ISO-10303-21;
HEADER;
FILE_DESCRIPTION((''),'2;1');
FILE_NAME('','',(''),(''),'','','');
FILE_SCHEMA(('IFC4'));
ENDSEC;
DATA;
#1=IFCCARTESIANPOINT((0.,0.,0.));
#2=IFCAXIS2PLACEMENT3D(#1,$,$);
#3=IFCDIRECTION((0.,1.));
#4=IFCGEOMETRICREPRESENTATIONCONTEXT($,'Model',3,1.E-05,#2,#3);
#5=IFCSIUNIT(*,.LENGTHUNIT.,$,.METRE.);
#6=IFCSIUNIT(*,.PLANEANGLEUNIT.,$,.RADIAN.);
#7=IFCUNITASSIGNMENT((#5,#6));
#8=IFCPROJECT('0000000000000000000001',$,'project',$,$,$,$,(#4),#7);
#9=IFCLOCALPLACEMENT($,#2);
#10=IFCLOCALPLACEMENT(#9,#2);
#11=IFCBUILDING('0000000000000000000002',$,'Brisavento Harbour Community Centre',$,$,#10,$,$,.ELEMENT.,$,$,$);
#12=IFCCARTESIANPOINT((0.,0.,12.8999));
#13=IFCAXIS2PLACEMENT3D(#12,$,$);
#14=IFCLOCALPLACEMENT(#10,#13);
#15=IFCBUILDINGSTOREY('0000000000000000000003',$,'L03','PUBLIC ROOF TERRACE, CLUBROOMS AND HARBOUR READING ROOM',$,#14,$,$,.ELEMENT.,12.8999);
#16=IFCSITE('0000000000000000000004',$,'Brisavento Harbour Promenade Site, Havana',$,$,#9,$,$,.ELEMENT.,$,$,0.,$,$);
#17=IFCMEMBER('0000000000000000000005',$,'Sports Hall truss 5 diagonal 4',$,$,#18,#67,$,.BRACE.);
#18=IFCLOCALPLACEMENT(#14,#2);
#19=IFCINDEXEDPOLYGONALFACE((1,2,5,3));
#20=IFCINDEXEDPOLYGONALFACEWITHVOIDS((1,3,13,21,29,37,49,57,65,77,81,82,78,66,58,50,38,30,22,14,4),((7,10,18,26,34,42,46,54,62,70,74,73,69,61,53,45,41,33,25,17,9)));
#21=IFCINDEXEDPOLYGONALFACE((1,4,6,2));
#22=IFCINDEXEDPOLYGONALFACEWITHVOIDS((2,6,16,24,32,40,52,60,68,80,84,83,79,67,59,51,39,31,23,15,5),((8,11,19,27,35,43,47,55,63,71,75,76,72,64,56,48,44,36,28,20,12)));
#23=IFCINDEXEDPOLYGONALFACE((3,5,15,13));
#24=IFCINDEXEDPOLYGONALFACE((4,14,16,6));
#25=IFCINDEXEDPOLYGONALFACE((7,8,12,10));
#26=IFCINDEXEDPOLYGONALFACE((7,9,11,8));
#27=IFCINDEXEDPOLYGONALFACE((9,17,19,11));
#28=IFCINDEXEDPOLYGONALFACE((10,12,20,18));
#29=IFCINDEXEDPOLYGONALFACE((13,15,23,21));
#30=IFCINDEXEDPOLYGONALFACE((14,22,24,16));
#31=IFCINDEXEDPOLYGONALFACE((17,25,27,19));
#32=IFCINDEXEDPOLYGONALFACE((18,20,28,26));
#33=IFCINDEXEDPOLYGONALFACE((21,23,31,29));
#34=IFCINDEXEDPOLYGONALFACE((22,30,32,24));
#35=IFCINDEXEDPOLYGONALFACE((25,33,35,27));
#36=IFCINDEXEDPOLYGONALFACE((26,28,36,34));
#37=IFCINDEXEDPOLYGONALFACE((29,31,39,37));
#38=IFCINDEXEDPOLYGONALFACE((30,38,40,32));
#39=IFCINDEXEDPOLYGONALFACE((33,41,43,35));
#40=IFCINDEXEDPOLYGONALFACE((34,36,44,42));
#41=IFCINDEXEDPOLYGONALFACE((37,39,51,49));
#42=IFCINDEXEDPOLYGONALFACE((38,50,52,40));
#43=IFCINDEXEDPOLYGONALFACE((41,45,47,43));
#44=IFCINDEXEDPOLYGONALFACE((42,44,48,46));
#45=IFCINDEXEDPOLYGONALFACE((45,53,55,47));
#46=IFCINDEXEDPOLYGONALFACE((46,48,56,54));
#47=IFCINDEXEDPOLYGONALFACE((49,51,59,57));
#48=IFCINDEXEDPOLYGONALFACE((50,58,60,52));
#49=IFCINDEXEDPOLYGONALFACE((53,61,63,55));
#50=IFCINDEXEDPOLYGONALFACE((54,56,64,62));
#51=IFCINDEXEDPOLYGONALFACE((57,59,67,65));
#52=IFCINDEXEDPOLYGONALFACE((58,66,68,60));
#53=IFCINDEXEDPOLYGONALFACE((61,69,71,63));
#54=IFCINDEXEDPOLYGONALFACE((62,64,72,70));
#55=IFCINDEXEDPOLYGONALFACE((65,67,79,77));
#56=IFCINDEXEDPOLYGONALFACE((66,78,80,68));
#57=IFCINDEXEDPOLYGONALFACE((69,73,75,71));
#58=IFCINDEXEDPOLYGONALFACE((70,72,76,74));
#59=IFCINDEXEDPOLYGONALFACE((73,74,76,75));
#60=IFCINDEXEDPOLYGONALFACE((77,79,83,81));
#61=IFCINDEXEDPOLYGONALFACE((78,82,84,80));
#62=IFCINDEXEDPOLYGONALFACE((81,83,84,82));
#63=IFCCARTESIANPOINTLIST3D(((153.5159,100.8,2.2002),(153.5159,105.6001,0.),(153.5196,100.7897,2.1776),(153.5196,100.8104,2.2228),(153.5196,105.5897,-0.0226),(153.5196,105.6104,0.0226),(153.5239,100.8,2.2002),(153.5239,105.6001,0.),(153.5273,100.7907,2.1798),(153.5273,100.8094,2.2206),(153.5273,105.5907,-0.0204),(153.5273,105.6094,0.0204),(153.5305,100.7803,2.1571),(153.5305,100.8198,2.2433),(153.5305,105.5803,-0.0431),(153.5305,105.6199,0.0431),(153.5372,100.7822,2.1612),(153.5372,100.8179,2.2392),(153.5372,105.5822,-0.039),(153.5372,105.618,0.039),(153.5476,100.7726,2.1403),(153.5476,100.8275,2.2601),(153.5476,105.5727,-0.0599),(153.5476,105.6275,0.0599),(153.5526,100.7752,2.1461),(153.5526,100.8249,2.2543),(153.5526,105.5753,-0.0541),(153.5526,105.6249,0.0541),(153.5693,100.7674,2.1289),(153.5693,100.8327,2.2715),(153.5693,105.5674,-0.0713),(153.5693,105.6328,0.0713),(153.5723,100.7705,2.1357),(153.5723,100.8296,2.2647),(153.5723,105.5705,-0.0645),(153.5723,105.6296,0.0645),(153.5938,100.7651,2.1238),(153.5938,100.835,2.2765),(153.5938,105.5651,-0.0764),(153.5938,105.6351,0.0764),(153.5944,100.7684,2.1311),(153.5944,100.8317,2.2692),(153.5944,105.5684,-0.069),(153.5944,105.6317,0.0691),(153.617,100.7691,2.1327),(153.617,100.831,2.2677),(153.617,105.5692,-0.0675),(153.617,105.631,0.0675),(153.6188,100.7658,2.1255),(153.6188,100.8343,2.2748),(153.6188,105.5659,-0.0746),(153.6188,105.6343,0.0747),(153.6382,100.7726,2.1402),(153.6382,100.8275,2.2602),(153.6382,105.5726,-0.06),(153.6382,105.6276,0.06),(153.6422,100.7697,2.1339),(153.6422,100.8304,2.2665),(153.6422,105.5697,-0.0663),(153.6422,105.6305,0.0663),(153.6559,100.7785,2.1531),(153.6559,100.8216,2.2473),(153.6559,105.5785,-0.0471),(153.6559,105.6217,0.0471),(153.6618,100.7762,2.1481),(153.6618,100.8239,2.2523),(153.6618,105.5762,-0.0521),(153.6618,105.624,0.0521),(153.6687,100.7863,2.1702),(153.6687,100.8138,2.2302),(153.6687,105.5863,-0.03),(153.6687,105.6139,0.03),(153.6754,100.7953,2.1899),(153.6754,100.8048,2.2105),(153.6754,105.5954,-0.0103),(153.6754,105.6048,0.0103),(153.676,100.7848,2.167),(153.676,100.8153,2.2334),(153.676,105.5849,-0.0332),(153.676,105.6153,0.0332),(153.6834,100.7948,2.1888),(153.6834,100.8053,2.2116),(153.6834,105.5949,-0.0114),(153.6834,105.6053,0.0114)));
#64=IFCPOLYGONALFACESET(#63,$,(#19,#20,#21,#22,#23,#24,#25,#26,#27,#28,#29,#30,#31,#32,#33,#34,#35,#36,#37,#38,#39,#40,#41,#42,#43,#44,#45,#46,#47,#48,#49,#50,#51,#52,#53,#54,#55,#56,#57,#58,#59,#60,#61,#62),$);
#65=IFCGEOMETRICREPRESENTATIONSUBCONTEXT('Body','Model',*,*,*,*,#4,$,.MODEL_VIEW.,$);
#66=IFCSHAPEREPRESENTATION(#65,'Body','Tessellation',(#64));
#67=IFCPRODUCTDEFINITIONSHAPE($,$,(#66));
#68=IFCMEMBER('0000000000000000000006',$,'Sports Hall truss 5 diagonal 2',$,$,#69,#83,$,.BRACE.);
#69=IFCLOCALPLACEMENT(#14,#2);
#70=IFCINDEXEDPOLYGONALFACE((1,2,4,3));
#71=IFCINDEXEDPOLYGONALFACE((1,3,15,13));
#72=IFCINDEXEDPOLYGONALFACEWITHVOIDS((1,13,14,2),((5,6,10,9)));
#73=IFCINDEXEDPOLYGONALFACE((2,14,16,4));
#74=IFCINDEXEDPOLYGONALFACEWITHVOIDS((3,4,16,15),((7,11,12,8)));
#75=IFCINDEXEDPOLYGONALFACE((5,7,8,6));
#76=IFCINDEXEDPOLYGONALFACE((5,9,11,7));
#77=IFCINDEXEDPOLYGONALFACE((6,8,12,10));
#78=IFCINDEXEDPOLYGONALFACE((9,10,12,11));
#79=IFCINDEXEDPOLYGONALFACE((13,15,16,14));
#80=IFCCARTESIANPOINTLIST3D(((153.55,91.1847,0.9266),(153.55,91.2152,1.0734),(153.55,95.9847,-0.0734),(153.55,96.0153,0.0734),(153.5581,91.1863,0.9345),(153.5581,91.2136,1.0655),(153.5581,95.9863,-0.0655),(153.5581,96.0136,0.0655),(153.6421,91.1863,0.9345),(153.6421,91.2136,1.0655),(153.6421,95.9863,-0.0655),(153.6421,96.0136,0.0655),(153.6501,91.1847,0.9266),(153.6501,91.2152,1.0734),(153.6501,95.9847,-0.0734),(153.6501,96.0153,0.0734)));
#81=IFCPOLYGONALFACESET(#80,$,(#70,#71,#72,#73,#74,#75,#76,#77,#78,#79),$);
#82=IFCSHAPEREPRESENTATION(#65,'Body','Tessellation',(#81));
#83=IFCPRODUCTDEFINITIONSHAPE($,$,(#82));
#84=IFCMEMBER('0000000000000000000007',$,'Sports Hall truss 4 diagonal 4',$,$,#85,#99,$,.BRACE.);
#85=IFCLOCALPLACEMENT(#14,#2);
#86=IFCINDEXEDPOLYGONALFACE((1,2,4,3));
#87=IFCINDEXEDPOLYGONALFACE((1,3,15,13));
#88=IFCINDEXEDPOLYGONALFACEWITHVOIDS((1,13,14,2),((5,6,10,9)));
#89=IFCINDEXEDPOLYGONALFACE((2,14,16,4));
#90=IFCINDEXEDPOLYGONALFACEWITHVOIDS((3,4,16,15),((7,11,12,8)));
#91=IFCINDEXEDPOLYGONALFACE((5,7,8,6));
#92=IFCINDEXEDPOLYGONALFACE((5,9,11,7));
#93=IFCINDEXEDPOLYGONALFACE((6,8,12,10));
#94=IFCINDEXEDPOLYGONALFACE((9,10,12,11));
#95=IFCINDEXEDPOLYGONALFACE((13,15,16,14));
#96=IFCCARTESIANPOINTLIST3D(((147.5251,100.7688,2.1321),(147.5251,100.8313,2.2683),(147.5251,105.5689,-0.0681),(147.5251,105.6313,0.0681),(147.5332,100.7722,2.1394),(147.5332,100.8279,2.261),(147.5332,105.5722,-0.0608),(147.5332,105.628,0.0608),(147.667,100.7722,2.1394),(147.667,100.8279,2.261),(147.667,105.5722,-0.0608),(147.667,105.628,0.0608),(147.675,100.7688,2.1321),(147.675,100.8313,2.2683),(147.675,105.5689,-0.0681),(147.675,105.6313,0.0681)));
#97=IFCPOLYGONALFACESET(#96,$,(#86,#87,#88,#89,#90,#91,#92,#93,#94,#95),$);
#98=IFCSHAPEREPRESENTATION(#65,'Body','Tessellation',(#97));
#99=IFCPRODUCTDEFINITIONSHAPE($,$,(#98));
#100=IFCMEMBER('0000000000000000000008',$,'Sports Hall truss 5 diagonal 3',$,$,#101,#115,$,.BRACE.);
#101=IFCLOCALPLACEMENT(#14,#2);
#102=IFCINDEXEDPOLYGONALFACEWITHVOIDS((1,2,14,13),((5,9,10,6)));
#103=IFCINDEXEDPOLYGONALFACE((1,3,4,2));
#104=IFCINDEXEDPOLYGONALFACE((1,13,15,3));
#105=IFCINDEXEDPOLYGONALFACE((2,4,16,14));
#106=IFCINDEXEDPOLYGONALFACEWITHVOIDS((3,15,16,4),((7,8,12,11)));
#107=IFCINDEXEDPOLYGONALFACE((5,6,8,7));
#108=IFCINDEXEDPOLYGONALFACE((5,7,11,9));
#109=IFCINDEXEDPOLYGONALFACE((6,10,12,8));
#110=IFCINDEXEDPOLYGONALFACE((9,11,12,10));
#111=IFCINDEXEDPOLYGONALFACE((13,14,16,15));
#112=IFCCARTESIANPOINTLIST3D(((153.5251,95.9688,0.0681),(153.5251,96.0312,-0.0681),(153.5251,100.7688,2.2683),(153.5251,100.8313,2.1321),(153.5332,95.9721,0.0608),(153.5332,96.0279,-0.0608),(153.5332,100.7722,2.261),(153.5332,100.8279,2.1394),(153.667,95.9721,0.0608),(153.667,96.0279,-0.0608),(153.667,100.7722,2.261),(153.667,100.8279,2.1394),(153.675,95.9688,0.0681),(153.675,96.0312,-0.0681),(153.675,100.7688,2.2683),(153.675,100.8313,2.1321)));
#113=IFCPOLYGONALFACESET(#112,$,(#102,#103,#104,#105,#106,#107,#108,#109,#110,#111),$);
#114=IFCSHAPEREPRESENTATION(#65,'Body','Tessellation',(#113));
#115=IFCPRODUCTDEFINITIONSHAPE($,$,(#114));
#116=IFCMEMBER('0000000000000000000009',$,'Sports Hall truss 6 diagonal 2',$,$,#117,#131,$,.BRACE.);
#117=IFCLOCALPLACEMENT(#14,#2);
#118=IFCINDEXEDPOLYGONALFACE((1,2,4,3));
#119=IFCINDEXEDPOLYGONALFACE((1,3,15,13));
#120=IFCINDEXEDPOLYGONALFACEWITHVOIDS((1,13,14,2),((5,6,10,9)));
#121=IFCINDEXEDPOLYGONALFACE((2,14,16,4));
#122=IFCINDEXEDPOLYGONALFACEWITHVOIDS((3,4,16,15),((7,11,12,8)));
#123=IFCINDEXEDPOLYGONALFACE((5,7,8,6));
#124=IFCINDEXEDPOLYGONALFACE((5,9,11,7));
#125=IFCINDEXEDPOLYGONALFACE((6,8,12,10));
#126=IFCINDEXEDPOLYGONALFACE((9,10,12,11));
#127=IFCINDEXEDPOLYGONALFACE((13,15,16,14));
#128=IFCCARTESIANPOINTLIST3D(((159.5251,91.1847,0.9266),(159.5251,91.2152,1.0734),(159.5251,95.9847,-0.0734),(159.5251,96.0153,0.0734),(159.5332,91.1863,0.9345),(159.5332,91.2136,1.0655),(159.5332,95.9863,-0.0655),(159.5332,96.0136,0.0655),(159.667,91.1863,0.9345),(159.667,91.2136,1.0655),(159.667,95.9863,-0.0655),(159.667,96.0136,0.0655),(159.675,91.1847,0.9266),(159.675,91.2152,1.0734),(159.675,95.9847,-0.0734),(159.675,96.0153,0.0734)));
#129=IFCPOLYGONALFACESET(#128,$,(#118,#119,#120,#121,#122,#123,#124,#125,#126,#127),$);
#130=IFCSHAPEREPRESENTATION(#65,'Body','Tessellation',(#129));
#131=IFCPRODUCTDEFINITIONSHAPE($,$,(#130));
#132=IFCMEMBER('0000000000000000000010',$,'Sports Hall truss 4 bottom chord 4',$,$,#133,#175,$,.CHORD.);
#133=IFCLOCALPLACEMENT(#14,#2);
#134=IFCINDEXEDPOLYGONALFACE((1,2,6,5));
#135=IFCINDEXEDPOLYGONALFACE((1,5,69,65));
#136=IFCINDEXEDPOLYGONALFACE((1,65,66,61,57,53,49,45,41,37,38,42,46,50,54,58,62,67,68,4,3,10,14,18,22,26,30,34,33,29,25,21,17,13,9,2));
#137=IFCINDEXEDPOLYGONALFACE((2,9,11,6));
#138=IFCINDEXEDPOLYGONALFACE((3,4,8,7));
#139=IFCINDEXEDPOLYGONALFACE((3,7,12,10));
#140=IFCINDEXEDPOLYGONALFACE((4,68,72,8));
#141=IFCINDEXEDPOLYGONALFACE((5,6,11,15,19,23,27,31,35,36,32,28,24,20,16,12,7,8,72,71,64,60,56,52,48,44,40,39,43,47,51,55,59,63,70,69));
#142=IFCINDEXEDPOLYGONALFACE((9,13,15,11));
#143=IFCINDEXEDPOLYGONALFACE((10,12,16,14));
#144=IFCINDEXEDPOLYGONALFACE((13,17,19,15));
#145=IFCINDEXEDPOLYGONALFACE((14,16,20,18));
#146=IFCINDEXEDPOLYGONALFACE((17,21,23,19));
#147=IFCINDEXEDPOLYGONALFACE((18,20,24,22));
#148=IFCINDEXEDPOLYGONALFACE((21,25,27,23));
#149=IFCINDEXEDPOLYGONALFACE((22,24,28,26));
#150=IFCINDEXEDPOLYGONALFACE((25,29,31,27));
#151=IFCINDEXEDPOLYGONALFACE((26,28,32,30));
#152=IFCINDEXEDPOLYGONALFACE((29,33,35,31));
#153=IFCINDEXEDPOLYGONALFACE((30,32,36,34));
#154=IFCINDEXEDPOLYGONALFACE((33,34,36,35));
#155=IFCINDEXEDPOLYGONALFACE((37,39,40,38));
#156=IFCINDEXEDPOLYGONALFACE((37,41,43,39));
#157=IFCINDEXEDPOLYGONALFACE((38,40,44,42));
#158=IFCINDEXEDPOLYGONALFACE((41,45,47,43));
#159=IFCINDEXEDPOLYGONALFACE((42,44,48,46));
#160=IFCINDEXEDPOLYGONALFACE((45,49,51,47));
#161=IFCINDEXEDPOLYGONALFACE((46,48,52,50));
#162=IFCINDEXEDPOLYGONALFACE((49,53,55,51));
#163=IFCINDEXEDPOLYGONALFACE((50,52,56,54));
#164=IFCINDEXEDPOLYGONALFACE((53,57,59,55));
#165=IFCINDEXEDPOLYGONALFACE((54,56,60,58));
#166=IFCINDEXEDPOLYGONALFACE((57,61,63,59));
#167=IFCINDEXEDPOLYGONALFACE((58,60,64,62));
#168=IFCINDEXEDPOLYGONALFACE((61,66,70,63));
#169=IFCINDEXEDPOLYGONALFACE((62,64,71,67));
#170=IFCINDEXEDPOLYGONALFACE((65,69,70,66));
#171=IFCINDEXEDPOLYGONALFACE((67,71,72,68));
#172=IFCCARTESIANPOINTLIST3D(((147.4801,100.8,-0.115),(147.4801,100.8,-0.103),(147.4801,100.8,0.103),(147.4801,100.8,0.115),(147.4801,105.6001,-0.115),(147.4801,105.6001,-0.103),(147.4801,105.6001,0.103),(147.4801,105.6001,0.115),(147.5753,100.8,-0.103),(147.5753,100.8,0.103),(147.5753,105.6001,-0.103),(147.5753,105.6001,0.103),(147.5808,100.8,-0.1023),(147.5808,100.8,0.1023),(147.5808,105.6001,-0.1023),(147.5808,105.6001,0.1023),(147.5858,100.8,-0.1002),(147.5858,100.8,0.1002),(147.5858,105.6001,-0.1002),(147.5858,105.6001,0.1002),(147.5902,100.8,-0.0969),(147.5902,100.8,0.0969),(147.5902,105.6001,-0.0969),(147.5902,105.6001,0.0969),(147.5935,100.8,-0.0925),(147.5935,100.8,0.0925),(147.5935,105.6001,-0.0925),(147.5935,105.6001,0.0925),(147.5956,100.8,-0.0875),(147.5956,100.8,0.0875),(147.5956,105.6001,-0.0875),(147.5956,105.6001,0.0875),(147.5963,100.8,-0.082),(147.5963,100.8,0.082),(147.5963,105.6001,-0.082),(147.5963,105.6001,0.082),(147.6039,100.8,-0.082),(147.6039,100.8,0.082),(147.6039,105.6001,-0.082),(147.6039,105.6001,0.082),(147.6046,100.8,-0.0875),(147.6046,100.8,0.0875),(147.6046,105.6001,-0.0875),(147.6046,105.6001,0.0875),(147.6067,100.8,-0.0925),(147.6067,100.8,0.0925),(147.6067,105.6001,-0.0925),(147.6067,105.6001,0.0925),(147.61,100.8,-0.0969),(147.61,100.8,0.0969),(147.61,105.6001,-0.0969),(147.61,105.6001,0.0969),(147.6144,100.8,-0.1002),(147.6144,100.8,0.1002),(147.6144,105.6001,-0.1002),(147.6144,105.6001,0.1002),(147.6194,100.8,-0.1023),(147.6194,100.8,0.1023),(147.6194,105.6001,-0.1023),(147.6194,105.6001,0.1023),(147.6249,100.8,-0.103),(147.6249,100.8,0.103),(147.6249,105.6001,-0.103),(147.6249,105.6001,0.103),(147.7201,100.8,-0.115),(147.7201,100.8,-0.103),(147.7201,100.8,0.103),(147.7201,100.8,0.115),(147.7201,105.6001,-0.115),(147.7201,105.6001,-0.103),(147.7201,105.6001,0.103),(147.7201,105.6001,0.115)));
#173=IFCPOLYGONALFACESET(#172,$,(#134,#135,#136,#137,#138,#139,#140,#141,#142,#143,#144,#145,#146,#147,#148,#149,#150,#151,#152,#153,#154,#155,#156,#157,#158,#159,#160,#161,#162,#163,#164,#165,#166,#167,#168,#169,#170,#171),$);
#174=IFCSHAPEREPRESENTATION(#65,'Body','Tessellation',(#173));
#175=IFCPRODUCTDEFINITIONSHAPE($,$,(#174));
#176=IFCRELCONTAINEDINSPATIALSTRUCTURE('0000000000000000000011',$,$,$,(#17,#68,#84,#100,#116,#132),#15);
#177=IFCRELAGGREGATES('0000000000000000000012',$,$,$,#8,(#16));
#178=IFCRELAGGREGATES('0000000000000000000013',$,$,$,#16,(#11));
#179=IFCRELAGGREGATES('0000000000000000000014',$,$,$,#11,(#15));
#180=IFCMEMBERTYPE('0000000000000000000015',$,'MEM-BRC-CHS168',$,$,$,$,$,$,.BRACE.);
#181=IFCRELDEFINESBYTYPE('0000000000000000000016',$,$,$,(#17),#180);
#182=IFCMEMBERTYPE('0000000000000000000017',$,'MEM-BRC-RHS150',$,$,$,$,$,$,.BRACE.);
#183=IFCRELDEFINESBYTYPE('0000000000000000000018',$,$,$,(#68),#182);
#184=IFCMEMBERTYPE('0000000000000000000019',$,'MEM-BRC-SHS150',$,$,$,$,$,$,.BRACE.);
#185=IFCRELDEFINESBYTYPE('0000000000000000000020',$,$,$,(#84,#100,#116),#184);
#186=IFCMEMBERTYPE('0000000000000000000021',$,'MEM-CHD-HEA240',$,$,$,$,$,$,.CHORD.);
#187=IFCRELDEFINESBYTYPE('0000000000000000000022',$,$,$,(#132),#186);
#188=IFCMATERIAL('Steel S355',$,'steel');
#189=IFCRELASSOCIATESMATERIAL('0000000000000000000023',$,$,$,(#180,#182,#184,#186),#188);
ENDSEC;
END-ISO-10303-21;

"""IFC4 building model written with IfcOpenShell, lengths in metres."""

from ifc_helpers import new_model, si_unit, direction, frame, origin, origin_2d, place, context, subcontext, project, spatial, hollow_rectangle, hollow_circle, i_section, extrude, material, material_profile, profile_set, type_object, element, save


model = new_model("IFC4")

# Units and contexts
model_context = context("Model", 3, precision=1e-05, world=origin(), true_north=direction((0.0, 1.0)))
body_context = subcontext(model_context, "Body", "Model", "MODEL_VIEW")
ifc_project = project(units=[si_unit("LENGTHUNIT", "METRE"), si_unit("PLANEANGLEUNIT", "RADIAN")], contexts=[model_context])

# Site, building, storey
site_placement = place(None, origin())
site = spatial("IfcSite", under=ifc_project, at=site_placement, Name="Brisavento Harbour Promenade Site, Havana", CompositionType="ELEMENT", RefElevation=0.0)
building_placement = place(site_placement, origin())
building = spatial("IfcBuilding", under=site, at=building_placement, Name="Brisavento Harbour Community Centre", CompositionType="ELEMENT")
storey_placement = place(building_placement, frame((0.0, 0.0, 12.8999)))
storey = spatial("IfcBuildingStorey", under=building, at=storey_placement, Name="L03", Description="PUBLIC ROOF TERRACE, CLUBROOMS AND HARBOUR READING ROOM", CompositionType="ELEMENT", Elevation=12.8999)

# Members
ifc_material_1 = material(Name="Steel S355", Category="steel")
ifc_material_profile_1 = material_profile(ifc_material_1, hollow_circle(Radius=0.0842, WallThickness=0.0081, at=origin_2d()), Name="Steel S355")
ifc_profile_set_1 = profile_set([ifc_material_profile_1], Name="Steel S355")
member_type_1 = type_object("IfcMemberType", Name="MEM-BRC-CHS168", PredefinedType="BRACE", material=ifc_profile_set_1)
member_1_placement = place(storey_placement, frame((153.6001, 100.8, 2.2002), z_axis=(0.0, 0.909052, -0.416682), x_axis=(-1.0, 0.0, 0.0)))
element("IfcMember", 1, at=member_1_placement, inside=storey, type_object=member_type_1, Name="Sports Hall truss 5 diagonal 4", PredefinedType="BRACE", context=body_context, shape_type="SweptSolid", body=[
    extrude(hollow_circle(Radius=0.0842, WallThickness=0.0081, at=origin_2d()), origin(), (0.0, 0.0, 1.0), 5.2803),
])
ifc_material_profile_2 = material_profile(ifc_material_1, hollow_rectangle(XDim=0.1001, YDim=0.1499, WallThickness=0.0081, at=origin_2d()), Name="Steel S355")
ifc_profile_set_2 = profile_set([ifc_material_profile_2], Name="Steel S355")
member_type_2 = type_object("IfcMemberType", Name="MEM-BRC-RHS150", PredefinedType="BRACE", material=ifc_profile_set_2)
member_2_placement = place(storey_placement, frame((153.6001, 91.2, 1.0), z_axis=(0.0, 0.978981, -0.203952), x_axis=(-1.0, 0.0, 0.0)))
element("IfcMember", 2, at=member_2_placement, inside=storey, type_object=member_type_2, Name="Sports Hall truss 5 diagonal 2", PredefinedType="BRACE", context=body_context, shape_type="SweptSolid", body=[
    extrude(hollow_rectangle(XDim=0.1001, YDim=0.1499, WallThickness=0.0081, at=origin_2d()), origin(), (0.0, 0.0, 1.0), 4.9031),
])
ifc_material_profile_3 = material_profile(ifc_material_1, hollow_rectangle(XDim=0.1499, YDim=0.1499, WallThickness=0.0081, at=origin_2d()), Name="Steel S355")
ifc_profile_set_3 = profile_set([ifc_material_profile_3], Name="Steel S355")
member_type_3 = type_object("IfcMemberType", Name="MEM-BRC-SHS150", PredefinedType="BRACE", material=ifc_profile_set_3)
for number, where, z_axis, x_axis, name in (
    (3, (147.6001, 100.8, 2.2002), (0.0, 0.909052, -0.416682), (-1.0, 0.0, 0.0), "Sports Hall truss 4 diagonal 4"),
    (4, (153.6001, 96.0, 0.0), (0.0, 0.909052, 0.416682), (-1.0, 0.0, 0.0), "Sports Hall truss 5 diagonal 3"),
):
    element("IfcMember", number, at=place(storey_placement, frame(where, z_axis=z_axis, x_axis=x_axis)), inside=storey, type_object=member_type_3, Name=name, PredefinedType="BRACE", context=body_context, shape_type="SweptSolid", body=[
        extrude(hollow_rectangle(XDim=0.1499, YDim=0.1499, WallThickness=0.0081, at=origin_2d()), origin(), (0.0, 0.0, 1.0), 5.2803),
    ])
member_3_placement = place(storey_placement, frame((159.6001, 91.2, 1.0), z_axis=(0.0, 0.978981, -0.203952), x_axis=(-1.0, 0.0, 0.0)))
element("IfcMember", 5, at=member_3_placement, inside=storey, type_object=member_type_3, Name="Sports Hall truss 6 diagonal 2", PredefinedType="BRACE", context=body_context, shape_type="SweptSolid", body=[
    extrude(hollow_rectangle(XDim=0.1499, YDim=0.1499, WallThickness=0.0081, at=origin_2d()), origin(), (0.0, 0.0, 1.0), 4.9031),
])
ifc_material_profile_4 = material_profile(ifc_material_1, i_section(OverallWidth=0.24, OverallDepth=0.23, WebThickness=0.0076, FlangeThickness=0.012, FilletRadius=0.021, at=origin_2d()), Name="Steel S355")
ifc_profile_set_4 = profile_set([ifc_material_profile_4], Name="Steel S355")
member_type_4 = type_object("IfcMemberType", Name="MEM-CHD-HEA240", PredefinedType="CHORD", material=ifc_profile_set_4)
for number, where, z_axis, x_axis, name in (
    (6, (147.6001, 100.8, 0.0), (0.0, 1.0, 0.0), (-1.0, 0.0, 0.0), "Sports Hall truss 4 bottom chord 4"),
):
    element("IfcMember", number, at=place(storey_placement, frame(where, z_axis=z_axis, x_axis=x_axis)), inside=storey, type_object=member_type_4, Name=name, PredefinedType="CHORD", context=body_context, shape_type="SweptSolid", body=[
        extrude(i_section(OverallWidth=0.24, OverallDepth=0.23, WebThickness=0.0076, FlangeThickness=0.012, FilletRadius=0.021, at=origin_2d()), origin(), (0.0, 0.0, 1.0), 4.8),
    ])

save(model, "model.ifc")
